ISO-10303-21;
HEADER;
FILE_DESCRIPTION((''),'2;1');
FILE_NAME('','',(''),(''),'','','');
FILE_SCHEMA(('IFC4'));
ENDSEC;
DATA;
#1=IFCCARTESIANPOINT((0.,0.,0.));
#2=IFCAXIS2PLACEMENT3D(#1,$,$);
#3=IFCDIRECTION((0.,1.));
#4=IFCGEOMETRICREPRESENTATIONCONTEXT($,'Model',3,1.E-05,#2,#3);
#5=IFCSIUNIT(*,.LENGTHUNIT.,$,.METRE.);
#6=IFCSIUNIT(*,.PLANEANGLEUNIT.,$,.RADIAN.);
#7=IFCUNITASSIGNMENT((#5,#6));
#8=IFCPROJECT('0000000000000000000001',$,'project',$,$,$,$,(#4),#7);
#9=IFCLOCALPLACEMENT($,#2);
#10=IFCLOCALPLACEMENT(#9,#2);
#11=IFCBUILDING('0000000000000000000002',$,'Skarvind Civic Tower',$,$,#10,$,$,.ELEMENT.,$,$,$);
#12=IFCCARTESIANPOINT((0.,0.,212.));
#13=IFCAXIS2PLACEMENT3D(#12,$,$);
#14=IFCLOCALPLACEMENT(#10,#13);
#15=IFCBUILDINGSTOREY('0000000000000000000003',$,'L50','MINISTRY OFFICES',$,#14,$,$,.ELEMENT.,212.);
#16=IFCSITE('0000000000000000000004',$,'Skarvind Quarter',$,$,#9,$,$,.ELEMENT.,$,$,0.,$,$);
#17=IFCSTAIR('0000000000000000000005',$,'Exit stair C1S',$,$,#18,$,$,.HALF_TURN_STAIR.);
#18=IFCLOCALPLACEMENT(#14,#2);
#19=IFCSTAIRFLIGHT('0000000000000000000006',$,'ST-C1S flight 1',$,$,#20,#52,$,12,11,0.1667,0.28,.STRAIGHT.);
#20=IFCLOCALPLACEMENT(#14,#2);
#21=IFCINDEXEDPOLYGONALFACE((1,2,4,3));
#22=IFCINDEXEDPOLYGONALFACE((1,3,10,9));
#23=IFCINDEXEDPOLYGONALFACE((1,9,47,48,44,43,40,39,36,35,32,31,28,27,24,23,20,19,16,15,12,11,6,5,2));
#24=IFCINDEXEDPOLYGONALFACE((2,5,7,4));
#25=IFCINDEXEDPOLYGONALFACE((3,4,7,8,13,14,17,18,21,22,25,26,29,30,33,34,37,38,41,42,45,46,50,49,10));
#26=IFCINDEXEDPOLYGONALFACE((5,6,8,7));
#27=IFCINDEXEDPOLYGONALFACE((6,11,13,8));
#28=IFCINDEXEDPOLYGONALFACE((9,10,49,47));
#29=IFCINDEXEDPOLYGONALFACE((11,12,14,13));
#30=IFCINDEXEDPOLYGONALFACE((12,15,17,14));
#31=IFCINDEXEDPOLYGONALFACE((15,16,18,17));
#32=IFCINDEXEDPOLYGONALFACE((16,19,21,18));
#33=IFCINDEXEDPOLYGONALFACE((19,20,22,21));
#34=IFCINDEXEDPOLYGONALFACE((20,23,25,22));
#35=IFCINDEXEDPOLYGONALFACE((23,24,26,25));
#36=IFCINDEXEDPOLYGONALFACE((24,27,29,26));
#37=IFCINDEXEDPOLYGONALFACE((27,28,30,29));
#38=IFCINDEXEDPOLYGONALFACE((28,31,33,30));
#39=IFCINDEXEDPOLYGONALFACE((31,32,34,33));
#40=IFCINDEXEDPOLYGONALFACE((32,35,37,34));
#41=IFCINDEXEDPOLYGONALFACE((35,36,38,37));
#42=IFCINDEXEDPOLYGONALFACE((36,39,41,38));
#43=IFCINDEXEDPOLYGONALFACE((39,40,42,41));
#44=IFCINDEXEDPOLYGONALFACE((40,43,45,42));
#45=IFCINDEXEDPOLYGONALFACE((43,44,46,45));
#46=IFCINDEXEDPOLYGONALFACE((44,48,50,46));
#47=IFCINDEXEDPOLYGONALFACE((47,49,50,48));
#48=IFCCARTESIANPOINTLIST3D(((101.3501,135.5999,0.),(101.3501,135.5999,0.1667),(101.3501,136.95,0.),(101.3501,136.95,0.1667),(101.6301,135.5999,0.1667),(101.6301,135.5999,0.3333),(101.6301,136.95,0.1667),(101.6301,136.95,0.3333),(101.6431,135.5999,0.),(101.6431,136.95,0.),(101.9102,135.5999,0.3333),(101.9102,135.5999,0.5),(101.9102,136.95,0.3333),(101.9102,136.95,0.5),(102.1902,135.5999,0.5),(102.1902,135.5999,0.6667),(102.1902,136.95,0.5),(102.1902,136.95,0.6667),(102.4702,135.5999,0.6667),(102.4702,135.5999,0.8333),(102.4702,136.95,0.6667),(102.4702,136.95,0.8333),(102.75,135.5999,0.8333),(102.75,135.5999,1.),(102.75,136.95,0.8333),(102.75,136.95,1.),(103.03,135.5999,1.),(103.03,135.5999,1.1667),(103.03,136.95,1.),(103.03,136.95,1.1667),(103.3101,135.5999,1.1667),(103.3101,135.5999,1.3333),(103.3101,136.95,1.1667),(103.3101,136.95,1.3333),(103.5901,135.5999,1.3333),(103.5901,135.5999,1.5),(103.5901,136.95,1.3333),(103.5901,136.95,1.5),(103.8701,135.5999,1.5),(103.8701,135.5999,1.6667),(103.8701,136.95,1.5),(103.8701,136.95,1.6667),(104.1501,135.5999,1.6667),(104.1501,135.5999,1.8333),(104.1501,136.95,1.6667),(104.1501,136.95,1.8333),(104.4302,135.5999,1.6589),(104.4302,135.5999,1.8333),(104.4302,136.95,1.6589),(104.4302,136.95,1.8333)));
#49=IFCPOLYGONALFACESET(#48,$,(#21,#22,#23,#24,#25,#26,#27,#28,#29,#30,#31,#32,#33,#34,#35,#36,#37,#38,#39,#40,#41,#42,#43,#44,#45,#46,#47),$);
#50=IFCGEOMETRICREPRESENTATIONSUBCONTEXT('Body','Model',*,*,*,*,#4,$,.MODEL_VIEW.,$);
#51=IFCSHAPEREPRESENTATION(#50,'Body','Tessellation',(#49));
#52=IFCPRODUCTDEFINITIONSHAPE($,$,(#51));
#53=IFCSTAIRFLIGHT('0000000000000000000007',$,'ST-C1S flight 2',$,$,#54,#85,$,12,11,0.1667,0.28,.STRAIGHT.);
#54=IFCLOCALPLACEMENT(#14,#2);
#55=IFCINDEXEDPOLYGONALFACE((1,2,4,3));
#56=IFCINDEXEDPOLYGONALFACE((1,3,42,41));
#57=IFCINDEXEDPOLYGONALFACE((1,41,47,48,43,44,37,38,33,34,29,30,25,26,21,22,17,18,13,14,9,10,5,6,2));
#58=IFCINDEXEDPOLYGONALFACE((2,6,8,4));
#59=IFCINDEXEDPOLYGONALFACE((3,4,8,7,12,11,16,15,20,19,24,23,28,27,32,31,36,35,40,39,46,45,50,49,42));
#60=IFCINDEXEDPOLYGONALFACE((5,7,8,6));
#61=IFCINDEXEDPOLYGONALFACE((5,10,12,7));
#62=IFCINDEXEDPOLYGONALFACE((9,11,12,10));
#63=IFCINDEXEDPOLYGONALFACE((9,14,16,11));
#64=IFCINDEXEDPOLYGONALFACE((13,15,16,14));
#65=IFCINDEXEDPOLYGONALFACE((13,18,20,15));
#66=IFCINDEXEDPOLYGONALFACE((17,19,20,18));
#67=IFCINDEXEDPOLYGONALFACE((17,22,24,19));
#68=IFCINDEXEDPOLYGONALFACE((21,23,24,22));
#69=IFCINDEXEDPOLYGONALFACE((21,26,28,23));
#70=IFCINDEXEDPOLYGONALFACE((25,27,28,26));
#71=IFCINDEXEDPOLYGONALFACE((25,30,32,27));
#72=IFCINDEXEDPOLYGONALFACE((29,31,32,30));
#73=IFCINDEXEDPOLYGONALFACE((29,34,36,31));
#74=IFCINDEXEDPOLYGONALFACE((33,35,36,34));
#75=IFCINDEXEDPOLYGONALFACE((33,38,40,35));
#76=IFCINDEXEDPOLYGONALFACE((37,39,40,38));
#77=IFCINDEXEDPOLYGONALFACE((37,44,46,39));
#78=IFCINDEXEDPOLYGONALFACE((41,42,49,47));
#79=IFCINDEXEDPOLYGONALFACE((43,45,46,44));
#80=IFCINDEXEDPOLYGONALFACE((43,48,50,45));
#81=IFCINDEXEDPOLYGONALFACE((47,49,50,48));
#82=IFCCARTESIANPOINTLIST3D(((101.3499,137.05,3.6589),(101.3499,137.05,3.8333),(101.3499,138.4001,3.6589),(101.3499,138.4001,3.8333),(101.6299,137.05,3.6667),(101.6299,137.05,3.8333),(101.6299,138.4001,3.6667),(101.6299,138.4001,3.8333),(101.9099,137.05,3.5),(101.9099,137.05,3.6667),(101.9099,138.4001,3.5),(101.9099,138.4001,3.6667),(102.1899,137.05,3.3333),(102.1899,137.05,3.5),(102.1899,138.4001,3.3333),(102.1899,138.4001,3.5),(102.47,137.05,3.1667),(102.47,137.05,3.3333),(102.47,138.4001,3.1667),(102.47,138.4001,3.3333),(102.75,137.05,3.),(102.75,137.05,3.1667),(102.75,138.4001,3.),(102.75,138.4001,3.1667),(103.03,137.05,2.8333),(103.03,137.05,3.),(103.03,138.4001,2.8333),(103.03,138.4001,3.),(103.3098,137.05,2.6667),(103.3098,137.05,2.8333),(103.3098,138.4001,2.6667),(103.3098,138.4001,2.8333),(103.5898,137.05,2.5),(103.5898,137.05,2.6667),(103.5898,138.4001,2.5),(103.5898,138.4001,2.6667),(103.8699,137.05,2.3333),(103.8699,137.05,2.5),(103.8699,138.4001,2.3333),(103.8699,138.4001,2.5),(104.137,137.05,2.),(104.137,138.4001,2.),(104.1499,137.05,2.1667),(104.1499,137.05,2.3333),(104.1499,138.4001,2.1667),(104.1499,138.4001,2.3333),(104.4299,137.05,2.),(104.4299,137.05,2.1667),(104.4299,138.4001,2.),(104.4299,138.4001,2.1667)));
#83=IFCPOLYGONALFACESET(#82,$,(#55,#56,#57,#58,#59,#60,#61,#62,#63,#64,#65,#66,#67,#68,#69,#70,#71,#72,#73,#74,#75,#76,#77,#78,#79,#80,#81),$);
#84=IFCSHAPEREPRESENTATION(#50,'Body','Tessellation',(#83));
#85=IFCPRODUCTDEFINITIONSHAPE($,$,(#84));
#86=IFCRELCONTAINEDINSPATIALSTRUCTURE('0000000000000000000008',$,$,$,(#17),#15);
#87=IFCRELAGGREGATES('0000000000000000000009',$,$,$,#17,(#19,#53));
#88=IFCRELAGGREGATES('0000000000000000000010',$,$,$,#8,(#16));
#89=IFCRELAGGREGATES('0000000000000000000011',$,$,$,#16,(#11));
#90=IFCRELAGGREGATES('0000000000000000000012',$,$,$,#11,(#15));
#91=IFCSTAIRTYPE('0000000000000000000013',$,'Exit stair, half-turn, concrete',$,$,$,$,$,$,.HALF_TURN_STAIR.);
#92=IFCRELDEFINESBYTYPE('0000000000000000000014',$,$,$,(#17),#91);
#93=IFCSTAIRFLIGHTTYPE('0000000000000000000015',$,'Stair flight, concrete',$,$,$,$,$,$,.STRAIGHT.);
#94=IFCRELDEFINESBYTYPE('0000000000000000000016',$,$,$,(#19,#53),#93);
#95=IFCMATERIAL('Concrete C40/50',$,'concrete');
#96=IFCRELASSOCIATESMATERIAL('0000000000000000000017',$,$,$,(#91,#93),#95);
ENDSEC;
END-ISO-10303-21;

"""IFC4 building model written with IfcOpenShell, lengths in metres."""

from ifc_helpers import new_model, si_unit, direction, frame, origin, place, context, subcontext, project, spatial, polyline, outline, extrude, material, type_object, element, aggregate, save


model = new_model("IFC4")

# Units and contexts
model_context = context("Model", 3, precision=1e-05, world=origin(), true_north=direction((0.0, 1.0)))
body_context = subcontext(model_context, "Body", "Model", "MODEL_VIEW")
ifc_project = project(units=[si_unit("LENGTHUNIT", "METRE"), si_unit("PLANEANGLEUNIT", "RADIAN")], contexts=[model_context])

# Site, building, storey
site_placement = place(None, origin())
site = spatial("IfcSite", under=ifc_project, at=site_placement, Name="Skarvind Quarter", CompositionType="ELEMENT", RefElevation=0.0)
building_placement = place(site_placement, origin())
building = spatial("IfcBuilding", under=site, at=building_placement, Name="Skarvind Civic Tower", CompositionType="ELEMENT")
storey_placement = place(building_placement, frame((0.0, 0.0, 212.0)))
storey = spatial("IfcBuildingStorey", under=building, at=storey_placement, Name="L50", Description="MINISTRY OFFICES", CompositionType="ELEMENT", Elevation=212.0)

# Stair, stair flights
ifc_material_1 = material(Name="Concrete C40/50", Category="concrete")
stair_type = type_object("IfcStairType", Name="Exit stair, half-turn, concrete", PredefinedType="HALF_TURN_STAIR", material=ifc_material_1)
stair_placement = place(storey_placement, origin())
stair = element("IfcStair", 1, at=stair_placement, inside=storey, type_object=stair_type, Name="Exit stair C1S", PredefinedType="HALF_TURN_STAIR")
stair_flight_type = type_object("IfcStairFlightType", Name="Stair flight, concrete", PredefinedType="STRAIGHT", material=ifc_material_1)
stair_flight_1_placement = place(storey_placement, frame((101.3501, 136.2749, 0.0), z_axis=(0.0, 0.0, 1.0), x_axis=(1.0, 0.0, 0.0)))
stair_flight_1 = element("IfcStairFlight", 2, at=stair_flight_1_placement, type_object=stair_flight_type, Name="ST-C1S flight 1", NumberOfRisers=12, NumberOfTreads=11, PredefinedType="STRAIGHT", RiserHeight=0.1667, TreadLength=0.28, context=body_context, shape_type="SweptSolid", body=[
    extrude(outline(polyline([(0.0, 0.0), (0.0, 0.1667), (0.28, 0.1667), (0.28, 0.3333), (0.5601, 0.3333), (0.5601, 0.5), (0.8401, 0.5), (0.8401, 0.6667), (1.1201, 0.6667), (1.1201, 0.8333), (1.3999, 0.8333), (1.3999, 1.0), (1.6799, 1.0), (1.6799, 1.1667), (1.96, 1.1667), (1.96, 1.3333), (2.24, 1.3333), (2.24, 1.5), (2.52, 1.5), (2.52, 1.6667), (2.8, 1.6667), (2.8, 1.8333), (3.0801, 1.8333), (3.0801, 2.0), (3.0801, 1.6589), (0.293, 0.0), (0.0, 0.0)])), frame((0.0, 0.675, 0.0), z_axis=(0.0, -1.0, 0.0), x_axis=(1.0, 0.0, 0.0)), (0.0, 0.0, 1.0), 1.3501),
])
stair_flight_2_placement = place(storey_placement, frame((104.4299, 137.7251, 2.0), z_axis=(0.0, 0.0, 1.0), x_axis=(-1.0, 0.0, 0.0)))
stair_flight_2 = element("IfcStairFlight", 3, at=stair_flight_2_placement, type_object=stair_flight_type, Name="ST-C1S flight 2", NumberOfRisers=12, NumberOfTreads=11, PredefinedType="STRAIGHT", RiserHeight=0.1667, TreadLength=0.28, context=body_context, shape_type="SweptSolid", body=[
    extrude(outline(polyline([(0.0, 0.0), (0.0, 0.1667), (0.28, 0.1667), (0.28, 0.3333), (0.5601, 0.3333), (0.5601, 0.5), (0.8401, 0.5), (0.8401, 0.6667), (1.1201, 0.6667), (1.1201, 0.8333), (1.3999, 0.8333), (1.3999, 1.0), (1.6799, 1.0), (1.6799, 1.1667), (1.96, 1.1667), (1.96, 1.3333), (2.24, 1.3333), (2.24, 1.5), (2.52, 1.5), (2.52, 1.6667), (2.8, 1.6667), (2.8, 1.8333), (3.0801, 1.8333), (3.0801, 2.0), (3.0801, 1.6589), (0.293, 0.0), (0.0, 0.0)])), frame((0.0, 0.675, 0.0), z_axis=(0.0, -1.0, 0.0), x_axis=(1.0, 0.0, 0.0)), (0.0, 0.0, 1.0), 1.3501),
])
aggregate(stair, [stair_flight_1, stair_flight_2])

save(model, "model.ifc")
